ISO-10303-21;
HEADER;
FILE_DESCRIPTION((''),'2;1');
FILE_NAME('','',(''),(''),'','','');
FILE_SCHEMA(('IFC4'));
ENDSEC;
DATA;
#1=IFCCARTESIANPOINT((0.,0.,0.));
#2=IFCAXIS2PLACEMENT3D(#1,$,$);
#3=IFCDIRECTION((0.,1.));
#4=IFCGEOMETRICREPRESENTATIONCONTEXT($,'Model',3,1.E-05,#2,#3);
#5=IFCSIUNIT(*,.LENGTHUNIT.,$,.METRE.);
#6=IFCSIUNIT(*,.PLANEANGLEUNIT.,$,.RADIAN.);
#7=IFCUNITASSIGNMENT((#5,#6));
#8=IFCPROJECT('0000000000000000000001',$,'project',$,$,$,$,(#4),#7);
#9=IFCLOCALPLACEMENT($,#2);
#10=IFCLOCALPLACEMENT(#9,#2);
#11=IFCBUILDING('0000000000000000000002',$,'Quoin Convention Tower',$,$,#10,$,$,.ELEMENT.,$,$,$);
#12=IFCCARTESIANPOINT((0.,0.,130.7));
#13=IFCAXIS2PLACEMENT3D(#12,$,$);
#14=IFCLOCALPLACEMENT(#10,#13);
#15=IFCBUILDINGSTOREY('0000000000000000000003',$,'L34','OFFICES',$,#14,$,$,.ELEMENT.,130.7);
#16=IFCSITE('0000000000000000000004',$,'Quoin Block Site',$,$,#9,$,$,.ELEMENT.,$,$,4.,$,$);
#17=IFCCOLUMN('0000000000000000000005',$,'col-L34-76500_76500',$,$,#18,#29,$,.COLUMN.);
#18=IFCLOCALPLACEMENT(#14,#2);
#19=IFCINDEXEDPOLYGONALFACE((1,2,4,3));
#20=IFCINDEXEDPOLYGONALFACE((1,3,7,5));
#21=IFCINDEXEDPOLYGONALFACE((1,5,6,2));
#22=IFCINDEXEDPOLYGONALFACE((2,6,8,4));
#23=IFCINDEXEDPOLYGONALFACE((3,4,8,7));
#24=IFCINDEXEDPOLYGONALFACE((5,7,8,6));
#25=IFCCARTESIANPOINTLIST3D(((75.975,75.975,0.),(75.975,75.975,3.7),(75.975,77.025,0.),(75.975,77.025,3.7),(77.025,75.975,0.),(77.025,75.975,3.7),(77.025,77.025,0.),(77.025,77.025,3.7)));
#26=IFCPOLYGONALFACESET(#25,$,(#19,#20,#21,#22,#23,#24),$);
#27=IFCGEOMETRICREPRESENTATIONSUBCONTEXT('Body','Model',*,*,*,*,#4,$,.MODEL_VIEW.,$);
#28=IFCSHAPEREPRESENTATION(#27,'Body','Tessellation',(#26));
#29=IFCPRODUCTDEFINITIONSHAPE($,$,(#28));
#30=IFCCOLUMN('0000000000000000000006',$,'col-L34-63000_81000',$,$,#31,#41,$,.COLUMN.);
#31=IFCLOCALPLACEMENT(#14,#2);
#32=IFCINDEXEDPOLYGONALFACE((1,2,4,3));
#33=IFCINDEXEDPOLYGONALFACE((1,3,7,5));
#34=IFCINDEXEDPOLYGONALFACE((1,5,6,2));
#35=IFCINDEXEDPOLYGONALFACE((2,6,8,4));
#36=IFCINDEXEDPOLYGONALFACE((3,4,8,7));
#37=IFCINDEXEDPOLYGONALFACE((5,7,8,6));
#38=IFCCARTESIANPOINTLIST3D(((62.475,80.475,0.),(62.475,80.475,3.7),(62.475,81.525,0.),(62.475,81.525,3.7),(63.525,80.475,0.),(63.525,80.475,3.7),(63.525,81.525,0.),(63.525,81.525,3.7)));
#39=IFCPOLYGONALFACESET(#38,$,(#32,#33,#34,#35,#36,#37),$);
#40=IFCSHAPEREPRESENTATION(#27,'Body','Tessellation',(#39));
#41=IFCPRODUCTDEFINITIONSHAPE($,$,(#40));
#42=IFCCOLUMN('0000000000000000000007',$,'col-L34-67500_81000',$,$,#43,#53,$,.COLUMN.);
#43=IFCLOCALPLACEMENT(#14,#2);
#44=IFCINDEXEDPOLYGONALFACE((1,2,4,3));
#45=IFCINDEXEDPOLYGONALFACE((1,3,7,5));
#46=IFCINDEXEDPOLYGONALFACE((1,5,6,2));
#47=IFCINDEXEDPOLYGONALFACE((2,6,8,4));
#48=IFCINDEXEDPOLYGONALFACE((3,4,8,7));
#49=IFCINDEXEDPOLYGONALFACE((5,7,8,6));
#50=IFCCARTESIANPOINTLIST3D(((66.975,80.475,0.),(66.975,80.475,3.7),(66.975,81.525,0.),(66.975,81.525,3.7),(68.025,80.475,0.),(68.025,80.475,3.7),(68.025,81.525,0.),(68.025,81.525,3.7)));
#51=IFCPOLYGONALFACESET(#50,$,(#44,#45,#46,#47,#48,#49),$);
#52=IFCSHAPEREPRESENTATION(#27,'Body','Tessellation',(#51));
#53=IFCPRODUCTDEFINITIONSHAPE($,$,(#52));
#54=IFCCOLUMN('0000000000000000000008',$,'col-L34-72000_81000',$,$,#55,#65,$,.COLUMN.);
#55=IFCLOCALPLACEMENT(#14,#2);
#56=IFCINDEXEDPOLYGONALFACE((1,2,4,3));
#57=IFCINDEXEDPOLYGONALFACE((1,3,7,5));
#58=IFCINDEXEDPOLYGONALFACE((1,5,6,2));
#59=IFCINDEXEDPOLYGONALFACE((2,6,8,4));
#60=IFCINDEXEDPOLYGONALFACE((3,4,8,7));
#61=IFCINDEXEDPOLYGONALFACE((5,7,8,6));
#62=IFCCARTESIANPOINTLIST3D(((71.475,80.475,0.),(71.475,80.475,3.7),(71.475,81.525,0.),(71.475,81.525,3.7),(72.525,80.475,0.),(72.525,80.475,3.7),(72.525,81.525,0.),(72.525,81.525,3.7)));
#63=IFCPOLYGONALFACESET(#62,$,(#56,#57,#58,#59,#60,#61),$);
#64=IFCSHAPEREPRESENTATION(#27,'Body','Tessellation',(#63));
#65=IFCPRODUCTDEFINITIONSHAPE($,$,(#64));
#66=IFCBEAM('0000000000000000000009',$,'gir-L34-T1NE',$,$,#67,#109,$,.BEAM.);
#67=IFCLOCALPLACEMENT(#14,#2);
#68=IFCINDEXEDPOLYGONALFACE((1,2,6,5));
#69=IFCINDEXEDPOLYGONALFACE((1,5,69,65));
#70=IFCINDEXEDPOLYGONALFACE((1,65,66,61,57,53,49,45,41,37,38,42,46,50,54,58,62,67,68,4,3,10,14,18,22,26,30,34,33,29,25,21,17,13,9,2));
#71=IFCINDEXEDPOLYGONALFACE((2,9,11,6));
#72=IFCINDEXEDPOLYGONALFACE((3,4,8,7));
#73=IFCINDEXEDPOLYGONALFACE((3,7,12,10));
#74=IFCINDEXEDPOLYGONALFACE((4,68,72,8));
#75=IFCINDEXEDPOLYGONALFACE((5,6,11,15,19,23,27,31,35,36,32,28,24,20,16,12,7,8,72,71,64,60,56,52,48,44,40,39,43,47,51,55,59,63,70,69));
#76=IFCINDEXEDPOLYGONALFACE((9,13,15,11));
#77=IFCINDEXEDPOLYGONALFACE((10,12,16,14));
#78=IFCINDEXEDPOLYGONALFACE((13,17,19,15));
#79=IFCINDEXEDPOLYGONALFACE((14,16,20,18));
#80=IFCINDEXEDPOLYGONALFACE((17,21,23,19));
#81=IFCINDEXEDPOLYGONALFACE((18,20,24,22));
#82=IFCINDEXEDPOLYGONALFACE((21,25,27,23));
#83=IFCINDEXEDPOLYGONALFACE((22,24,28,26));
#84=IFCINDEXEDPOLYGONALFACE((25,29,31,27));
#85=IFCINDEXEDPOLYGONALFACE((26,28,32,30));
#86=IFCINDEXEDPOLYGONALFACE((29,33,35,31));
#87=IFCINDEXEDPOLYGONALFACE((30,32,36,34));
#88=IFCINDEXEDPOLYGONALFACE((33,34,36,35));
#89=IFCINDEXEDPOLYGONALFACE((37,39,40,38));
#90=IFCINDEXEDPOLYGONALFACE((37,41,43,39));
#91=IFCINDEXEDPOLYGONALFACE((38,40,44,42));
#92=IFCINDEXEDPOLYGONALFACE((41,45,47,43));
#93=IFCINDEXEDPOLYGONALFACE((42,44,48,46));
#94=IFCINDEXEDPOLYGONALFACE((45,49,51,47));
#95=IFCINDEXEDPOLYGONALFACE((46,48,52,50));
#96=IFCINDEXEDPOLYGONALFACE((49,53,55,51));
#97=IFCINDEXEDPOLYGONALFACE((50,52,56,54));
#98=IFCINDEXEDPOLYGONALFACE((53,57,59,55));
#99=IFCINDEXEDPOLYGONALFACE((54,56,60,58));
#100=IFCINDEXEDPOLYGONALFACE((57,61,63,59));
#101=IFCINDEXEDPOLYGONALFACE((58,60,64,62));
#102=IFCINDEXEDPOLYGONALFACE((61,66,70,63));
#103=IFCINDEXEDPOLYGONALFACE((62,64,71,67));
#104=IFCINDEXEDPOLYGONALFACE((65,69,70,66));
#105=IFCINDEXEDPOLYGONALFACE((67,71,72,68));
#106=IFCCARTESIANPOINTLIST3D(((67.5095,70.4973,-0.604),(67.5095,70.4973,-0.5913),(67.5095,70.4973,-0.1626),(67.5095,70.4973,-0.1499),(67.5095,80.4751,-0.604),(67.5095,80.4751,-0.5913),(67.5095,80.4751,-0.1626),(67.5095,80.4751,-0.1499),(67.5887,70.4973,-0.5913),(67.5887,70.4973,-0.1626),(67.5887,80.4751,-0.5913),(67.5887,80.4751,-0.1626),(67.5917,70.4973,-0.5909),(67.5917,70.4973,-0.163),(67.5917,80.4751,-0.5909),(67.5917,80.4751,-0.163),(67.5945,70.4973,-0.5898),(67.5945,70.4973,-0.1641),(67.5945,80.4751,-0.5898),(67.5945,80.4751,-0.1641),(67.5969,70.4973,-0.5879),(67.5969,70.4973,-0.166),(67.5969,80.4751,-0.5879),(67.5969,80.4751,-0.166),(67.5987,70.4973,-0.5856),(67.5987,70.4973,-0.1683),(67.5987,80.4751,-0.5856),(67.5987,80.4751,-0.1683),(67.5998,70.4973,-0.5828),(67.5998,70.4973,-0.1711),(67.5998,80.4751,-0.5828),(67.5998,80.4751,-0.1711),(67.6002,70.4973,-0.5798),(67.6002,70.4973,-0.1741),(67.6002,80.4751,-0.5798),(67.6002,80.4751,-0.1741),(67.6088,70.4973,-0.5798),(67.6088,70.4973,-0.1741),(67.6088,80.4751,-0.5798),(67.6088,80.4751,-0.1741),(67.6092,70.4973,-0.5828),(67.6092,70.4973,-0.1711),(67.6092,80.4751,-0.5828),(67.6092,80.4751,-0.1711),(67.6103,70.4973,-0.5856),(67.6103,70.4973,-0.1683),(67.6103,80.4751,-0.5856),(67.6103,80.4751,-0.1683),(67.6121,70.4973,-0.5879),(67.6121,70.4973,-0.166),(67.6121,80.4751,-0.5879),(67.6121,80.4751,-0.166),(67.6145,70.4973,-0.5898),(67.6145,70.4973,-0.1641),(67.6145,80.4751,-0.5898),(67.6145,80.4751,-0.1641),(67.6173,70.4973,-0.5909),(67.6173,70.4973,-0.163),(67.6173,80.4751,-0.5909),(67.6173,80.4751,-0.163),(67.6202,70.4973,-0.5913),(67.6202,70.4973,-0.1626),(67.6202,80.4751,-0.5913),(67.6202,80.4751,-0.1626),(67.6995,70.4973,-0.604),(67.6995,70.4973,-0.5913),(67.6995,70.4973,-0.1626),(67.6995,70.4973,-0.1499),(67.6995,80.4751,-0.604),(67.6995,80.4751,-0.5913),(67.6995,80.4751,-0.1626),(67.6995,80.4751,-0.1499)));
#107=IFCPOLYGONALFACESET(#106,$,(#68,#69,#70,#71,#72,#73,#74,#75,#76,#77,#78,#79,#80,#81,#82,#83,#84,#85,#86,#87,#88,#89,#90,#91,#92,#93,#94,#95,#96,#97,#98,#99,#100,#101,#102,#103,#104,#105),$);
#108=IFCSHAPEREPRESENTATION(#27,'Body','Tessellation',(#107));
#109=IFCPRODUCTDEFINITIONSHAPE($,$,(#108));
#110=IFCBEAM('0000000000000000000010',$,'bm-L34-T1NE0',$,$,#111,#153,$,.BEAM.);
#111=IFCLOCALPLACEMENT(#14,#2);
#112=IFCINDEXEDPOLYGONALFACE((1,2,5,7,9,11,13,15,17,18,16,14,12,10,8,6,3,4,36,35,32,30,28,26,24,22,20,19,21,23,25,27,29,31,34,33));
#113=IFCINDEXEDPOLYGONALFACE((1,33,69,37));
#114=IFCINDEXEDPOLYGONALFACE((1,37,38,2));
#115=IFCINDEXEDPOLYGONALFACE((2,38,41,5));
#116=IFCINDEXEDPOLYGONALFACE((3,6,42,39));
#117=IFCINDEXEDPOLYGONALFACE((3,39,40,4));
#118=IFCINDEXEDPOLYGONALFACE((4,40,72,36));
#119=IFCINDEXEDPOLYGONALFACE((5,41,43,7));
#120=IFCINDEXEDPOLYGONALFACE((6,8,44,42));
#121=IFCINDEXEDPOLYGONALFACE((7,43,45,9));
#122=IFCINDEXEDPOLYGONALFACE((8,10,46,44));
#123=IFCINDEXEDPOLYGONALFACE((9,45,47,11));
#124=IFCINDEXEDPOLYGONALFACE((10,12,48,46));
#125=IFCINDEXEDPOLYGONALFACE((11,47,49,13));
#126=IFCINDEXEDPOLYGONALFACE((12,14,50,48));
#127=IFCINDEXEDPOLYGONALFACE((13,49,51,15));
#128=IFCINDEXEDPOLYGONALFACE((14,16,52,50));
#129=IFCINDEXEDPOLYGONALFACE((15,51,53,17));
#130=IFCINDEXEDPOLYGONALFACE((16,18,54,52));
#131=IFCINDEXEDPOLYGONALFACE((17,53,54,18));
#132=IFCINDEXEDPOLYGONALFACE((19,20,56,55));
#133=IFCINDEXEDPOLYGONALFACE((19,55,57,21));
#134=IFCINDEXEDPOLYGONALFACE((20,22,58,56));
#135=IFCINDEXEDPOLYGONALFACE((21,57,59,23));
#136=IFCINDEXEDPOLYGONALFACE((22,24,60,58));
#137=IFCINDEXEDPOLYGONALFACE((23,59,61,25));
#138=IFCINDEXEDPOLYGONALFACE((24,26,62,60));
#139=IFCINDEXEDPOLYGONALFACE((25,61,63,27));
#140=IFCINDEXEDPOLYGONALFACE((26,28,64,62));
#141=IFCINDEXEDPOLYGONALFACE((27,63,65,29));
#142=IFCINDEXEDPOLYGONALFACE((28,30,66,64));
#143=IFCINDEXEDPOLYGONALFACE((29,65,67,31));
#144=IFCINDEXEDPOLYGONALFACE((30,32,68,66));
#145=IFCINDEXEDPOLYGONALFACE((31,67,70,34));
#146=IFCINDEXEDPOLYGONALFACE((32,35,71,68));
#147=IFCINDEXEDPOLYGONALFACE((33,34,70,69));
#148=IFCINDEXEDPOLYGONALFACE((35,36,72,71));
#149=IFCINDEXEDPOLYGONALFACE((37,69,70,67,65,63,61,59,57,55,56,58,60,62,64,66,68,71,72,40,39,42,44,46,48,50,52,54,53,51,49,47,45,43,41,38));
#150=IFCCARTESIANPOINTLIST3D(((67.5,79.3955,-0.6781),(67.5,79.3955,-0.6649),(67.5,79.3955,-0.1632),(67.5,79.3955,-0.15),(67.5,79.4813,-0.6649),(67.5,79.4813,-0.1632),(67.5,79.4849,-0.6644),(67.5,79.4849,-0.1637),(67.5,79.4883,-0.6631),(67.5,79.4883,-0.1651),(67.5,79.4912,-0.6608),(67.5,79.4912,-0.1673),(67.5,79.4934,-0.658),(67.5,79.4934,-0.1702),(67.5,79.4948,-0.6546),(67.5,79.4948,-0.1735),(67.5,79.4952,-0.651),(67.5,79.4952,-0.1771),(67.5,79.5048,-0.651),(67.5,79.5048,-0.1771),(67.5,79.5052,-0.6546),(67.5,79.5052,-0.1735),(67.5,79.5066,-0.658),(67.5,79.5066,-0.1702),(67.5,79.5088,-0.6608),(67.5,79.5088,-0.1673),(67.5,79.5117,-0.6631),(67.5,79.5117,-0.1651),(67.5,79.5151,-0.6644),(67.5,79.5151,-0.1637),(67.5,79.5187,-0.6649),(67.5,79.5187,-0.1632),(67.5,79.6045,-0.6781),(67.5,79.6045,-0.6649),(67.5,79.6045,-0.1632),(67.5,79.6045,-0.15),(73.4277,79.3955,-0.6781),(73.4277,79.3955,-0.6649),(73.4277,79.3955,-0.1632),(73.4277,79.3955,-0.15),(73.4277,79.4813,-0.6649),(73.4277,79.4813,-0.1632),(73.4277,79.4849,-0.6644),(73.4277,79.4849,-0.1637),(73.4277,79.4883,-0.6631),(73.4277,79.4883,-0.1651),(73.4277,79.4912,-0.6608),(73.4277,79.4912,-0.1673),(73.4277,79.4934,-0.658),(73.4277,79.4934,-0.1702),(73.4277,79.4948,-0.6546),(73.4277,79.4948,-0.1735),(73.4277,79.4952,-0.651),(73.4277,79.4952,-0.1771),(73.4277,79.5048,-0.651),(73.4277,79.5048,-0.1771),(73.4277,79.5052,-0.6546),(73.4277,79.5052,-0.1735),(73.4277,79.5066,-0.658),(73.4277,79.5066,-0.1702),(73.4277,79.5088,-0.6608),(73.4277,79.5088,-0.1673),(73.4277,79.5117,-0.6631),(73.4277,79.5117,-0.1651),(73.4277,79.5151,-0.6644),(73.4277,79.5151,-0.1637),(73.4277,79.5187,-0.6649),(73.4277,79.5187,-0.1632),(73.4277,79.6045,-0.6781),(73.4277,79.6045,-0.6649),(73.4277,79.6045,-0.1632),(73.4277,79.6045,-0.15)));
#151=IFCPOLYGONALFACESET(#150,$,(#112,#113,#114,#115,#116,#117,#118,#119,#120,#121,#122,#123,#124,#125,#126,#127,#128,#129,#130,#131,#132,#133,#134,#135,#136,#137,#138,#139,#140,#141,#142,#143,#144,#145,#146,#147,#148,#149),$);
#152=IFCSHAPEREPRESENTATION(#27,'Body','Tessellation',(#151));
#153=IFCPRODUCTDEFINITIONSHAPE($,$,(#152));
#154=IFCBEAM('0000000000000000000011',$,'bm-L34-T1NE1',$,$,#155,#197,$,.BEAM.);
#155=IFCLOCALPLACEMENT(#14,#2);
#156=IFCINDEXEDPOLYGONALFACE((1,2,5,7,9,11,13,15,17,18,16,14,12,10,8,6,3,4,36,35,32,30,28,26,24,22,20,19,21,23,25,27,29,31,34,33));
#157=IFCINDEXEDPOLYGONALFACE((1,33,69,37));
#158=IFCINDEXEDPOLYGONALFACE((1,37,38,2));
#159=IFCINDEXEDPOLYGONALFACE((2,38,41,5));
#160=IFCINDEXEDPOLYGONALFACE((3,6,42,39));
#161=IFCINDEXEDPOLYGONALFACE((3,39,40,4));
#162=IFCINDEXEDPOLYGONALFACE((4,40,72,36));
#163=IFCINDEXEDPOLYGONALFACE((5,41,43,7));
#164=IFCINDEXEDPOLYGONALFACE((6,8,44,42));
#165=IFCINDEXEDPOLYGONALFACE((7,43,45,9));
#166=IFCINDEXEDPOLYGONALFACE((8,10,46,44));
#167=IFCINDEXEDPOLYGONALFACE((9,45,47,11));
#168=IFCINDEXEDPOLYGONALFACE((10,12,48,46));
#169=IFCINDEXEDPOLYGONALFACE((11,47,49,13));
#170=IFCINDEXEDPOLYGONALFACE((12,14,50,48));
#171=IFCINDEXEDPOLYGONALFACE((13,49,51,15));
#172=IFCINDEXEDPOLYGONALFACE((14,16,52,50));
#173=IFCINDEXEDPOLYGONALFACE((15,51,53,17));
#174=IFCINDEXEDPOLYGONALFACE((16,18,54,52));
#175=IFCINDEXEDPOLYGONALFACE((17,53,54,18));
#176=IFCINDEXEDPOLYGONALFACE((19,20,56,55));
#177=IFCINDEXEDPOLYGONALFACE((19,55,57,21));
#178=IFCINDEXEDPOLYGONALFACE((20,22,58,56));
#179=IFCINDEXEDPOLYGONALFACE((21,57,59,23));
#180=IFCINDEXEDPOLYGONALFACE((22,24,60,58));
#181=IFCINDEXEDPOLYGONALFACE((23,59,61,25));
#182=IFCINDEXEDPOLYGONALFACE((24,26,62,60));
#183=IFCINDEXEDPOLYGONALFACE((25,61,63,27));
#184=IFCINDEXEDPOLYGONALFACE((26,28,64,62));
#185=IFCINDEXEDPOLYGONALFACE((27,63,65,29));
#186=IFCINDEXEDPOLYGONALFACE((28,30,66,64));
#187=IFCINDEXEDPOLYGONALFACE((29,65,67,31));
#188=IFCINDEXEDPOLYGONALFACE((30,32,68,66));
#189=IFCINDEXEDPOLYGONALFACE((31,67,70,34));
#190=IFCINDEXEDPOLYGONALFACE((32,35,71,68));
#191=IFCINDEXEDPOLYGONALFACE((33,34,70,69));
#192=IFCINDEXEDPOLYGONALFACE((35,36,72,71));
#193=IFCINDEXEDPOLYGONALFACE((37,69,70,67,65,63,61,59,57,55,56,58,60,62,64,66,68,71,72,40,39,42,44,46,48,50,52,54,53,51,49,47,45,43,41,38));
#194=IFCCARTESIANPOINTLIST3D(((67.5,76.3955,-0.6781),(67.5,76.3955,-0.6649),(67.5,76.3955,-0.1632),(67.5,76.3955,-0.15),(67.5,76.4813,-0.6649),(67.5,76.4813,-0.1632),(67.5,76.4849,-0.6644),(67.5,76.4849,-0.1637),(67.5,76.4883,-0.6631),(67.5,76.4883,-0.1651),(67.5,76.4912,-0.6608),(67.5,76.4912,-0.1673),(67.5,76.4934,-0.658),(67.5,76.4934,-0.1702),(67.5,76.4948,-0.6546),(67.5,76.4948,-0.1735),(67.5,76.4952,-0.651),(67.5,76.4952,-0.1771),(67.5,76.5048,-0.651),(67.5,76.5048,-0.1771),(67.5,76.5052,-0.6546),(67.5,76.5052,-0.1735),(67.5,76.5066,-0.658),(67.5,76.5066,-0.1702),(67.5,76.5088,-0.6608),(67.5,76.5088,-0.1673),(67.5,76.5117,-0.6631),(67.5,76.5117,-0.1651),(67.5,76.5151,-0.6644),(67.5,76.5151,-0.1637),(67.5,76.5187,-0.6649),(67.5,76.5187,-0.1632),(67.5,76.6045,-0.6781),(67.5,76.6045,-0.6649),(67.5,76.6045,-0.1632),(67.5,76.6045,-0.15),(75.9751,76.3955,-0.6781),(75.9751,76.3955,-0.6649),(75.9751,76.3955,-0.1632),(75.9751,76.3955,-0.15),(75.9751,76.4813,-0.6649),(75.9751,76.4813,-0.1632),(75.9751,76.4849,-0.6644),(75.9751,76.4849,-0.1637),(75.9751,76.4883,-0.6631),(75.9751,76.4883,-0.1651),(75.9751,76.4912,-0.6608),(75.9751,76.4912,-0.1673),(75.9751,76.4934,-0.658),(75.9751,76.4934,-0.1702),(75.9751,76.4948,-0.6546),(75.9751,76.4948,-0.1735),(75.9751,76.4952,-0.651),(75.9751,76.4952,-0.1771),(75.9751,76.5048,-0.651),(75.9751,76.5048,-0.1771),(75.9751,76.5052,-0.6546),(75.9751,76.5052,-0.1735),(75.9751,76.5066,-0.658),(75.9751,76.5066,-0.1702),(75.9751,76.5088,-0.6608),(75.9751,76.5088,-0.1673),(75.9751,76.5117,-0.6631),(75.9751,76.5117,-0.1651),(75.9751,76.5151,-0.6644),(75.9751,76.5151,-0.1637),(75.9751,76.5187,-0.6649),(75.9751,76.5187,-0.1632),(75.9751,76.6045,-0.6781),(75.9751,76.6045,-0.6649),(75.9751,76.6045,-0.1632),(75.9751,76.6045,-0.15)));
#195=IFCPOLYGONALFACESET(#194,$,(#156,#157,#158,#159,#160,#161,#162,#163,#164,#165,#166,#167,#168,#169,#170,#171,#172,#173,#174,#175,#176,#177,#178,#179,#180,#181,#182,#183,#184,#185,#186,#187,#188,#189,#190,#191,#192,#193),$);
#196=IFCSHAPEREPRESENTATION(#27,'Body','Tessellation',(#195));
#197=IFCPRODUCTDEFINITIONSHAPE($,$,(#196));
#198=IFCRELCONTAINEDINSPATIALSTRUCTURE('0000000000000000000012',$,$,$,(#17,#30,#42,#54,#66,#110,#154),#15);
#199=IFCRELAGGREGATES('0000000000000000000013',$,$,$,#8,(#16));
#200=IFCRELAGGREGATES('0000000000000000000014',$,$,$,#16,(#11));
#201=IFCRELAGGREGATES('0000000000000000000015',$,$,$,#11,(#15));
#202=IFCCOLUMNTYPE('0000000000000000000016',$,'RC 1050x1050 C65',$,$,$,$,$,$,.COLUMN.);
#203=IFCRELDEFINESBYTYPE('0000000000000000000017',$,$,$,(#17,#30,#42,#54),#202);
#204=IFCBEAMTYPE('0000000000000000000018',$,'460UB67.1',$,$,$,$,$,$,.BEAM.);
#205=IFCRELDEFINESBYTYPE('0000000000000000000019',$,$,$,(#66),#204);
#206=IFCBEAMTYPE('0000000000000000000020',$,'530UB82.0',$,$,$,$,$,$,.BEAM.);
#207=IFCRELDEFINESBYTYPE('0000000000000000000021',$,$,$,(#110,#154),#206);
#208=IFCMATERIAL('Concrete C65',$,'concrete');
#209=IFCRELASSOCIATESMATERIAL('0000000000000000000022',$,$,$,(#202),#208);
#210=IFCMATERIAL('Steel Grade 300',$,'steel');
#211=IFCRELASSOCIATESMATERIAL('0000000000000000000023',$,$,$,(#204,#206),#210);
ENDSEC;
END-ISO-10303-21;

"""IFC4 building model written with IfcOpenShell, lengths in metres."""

from ifc_helpers import new_model, si_unit, direction, frame, origin, origin_2d, place, context, subcontext, project, spatial, rectangle, i_section, extrude, material, material_profile, profile_set, type_object, element, save


model = new_model("IFC4")

# Units and contexts
model_context = context("Model", 3, precision=1e-05, world=origin(), true_north=direction((0.0, 1.0)))
body_context = subcontext(model_context, "Body", "Model", "MODEL_VIEW")
ifc_project = project(units=[si_unit("LENGTHUNIT", "METRE"), si_unit("PLANEANGLEUNIT", "RADIAN")], contexts=[model_context])

# Site, building, storey
site_placement = place(None, origin())
site = spatial("IfcSite", under=ifc_project, at=site_placement, Name="Quoin Block Site", CompositionType="ELEMENT", RefElevation=4.0)
building_placement = place(site_placement, origin())
building = spatial("IfcBuilding", under=site, at=building_placement, Name="Quoin Convention Tower", CompositionType="ELEMENT")
storey_placement = place(building_placement, frame((0.0, 0.0, 130.7)))
storey = spatial("IfcBuildingStorey", under=building, at=storey_placement, Name="L34", Description="OFFICES", CompositionType="ELEMENT", Elevation=130.7)

# Columns
ifc_material_1 = material(Name="Concrete C65", Category="concrete")
ifc_material_profile_1 = material_profile(ifc_material_1, rectangle(XDim=1.05, YDim=1.05, at=origin_2d()), Name="RC 1050x1050")
ifc_profile_set_1 = profile_set([ifc_material_profile_1], Name="Concrete C65")
column_type = type_object("IfcColumnType", Name="RC 1050x1050 C65", PredefinedType="COLUMN", material=ifc_profile_set_1)
for number, where, z_axis, x_axis, name in (
    (1, (76.5, 76.5, 0.0), (0.0, 0.0, 1.0), (1.0, 0.0, 0.0), "col-L34-76500_76500"),
    (2, (63.0, 81.0, 0.0), (0.0, 0.0, 1.0), (1.0, 0.0, 0.0), "col-L34-63000_81000"),
    (3, (67.5, 81.0, 0.0), (0.0, 0.0, 1.0), (1.0, 0.0, 0.0), "col-L34-67500_81000"),
    (4, (72.0, 81.0, 0.0), (0.0, 0.0, 1.0), (1.0, 0.0, 0.0), "col-L34-72000_81000"),
):
    element("IfcColumn", number, at=place(storey_placement, frame(where, z_axis=z_axis, x_axis=x_axis)), inside=storey, type_object=column_type, Name=name, PredefinedType="COLUMN", context=body_context, shape_type="SweptSolid", body=[
        extrude(rectangle(XDim=1.05, YDim=1.05, at=origin_2d()), origin(), (0.0, 0.0, 1.0), 3.7),
    ])

# Beams
ifc_material_2 = material(Name="Steel Grade 300", Category="steel")
ifc_material_profile_2 = material_profile(ifc_material_2, i_section(OverallWidth=0.1899, OverallDepth=0.4541, WebThickness=0.0085, FlangeThickness=0.0127, FilletRadius=0.0115, at=origin_2d()), Name="460UB67.1")
ifc_profile_set_2 = profile_set([ifc_material_profile_2], Name="Steel Grade 300")
beam_type_1 = type_object("IfcBeamType", Name="460UB67.1", PredefinedType="BEAM", material=ifc_profile_set_2)
beam_1_placement = place(storey_placement, frame((67.6045, 80.4751, -0.377), z_axis=(0.0, -1.0, 0.0), x_axis=(1.0, 0.0, 0.0)))
element("IfcBeam", 5, at=beam_1_placement, inside=storey, type_object=beam_type_1, Name="gir-L34-T1NE", PredefinedType="BEAM", context=body_context, shape_type="SweptSolid", body=[
    extrude(i_section(OverallWidth=0.1899, OverallDepth=0.4541, WebThickness=0.0085, FlangeThickness=0.0127, FilletRadius=0.0115, at=origin_2d()), origin(), (0.0, 0.0, 1.0), 9.9778),
])
ifc_material_profile_3 = material_profile(ifc_material_2, i_section(OverallWidth=0.209, OverallDepth=0.5281, WebThickness=0.0095, FlangeThickness=0.0132, FilletRadius=0.0139, at=origin_2d()), Name="530UB82.0")
ifc_profile_set_3 = profile_set([ifc_material_profile_3], Name="Steel Grade 300")
beam_type_2 = type_object("IfcBeamType", Name="530UB82.0", PredefinedType="BEAM", material=ifc_profile_set_3)
beam_2_placement = place(storey_placement, frame((67.5, 79.5, -0.4141), z_axis=(1.0, 0.0, 0.0), x_axis=(0.0, 1.0, 0.0)))
element("IfcBeam", 6, at=beam_2_placement, inside=storey, type_object=beam_type_2, Name="bm-L34-T1NE0", PredefinedType="BEAM", context=body_context, shape_type="SweptSolid", body=[
    extrude(i_section(OverallWidth=0.209, OverallDepth=0.5281, WebThickness=0.0095, FlangeThickness=0.0132, FilletRadius=0.0139, at=origin_2d()), origin(), (0.0, 0.0, 1.0), 5.9277),
])
beam_3_placement = place(storey_placement, frame((67.5, 76.5, -0.4141), z_axis=(1.0, 0.0, 0.0), x_axis=(0.0, 1.0, 0.0)))
element("IfcBeam", 7, at=beam_3_placement, inside=storey, type_object=beam_type_2, Name="bm-L34-T1NE1", PredefinedType="BEAM", context=body_context, shape_type="SweptSolid", body=[
    extrude(i_section(OverallWidth=0.209, OverallDepth=0.5281, WebThickness=0.0095, FlangeThickness=0.0132, FilletRadius=0.0139, at=origin_2d()), origin(), (0.0, 0.0, 1.0), 8.4751),
])

save(model, "model.ifc")
